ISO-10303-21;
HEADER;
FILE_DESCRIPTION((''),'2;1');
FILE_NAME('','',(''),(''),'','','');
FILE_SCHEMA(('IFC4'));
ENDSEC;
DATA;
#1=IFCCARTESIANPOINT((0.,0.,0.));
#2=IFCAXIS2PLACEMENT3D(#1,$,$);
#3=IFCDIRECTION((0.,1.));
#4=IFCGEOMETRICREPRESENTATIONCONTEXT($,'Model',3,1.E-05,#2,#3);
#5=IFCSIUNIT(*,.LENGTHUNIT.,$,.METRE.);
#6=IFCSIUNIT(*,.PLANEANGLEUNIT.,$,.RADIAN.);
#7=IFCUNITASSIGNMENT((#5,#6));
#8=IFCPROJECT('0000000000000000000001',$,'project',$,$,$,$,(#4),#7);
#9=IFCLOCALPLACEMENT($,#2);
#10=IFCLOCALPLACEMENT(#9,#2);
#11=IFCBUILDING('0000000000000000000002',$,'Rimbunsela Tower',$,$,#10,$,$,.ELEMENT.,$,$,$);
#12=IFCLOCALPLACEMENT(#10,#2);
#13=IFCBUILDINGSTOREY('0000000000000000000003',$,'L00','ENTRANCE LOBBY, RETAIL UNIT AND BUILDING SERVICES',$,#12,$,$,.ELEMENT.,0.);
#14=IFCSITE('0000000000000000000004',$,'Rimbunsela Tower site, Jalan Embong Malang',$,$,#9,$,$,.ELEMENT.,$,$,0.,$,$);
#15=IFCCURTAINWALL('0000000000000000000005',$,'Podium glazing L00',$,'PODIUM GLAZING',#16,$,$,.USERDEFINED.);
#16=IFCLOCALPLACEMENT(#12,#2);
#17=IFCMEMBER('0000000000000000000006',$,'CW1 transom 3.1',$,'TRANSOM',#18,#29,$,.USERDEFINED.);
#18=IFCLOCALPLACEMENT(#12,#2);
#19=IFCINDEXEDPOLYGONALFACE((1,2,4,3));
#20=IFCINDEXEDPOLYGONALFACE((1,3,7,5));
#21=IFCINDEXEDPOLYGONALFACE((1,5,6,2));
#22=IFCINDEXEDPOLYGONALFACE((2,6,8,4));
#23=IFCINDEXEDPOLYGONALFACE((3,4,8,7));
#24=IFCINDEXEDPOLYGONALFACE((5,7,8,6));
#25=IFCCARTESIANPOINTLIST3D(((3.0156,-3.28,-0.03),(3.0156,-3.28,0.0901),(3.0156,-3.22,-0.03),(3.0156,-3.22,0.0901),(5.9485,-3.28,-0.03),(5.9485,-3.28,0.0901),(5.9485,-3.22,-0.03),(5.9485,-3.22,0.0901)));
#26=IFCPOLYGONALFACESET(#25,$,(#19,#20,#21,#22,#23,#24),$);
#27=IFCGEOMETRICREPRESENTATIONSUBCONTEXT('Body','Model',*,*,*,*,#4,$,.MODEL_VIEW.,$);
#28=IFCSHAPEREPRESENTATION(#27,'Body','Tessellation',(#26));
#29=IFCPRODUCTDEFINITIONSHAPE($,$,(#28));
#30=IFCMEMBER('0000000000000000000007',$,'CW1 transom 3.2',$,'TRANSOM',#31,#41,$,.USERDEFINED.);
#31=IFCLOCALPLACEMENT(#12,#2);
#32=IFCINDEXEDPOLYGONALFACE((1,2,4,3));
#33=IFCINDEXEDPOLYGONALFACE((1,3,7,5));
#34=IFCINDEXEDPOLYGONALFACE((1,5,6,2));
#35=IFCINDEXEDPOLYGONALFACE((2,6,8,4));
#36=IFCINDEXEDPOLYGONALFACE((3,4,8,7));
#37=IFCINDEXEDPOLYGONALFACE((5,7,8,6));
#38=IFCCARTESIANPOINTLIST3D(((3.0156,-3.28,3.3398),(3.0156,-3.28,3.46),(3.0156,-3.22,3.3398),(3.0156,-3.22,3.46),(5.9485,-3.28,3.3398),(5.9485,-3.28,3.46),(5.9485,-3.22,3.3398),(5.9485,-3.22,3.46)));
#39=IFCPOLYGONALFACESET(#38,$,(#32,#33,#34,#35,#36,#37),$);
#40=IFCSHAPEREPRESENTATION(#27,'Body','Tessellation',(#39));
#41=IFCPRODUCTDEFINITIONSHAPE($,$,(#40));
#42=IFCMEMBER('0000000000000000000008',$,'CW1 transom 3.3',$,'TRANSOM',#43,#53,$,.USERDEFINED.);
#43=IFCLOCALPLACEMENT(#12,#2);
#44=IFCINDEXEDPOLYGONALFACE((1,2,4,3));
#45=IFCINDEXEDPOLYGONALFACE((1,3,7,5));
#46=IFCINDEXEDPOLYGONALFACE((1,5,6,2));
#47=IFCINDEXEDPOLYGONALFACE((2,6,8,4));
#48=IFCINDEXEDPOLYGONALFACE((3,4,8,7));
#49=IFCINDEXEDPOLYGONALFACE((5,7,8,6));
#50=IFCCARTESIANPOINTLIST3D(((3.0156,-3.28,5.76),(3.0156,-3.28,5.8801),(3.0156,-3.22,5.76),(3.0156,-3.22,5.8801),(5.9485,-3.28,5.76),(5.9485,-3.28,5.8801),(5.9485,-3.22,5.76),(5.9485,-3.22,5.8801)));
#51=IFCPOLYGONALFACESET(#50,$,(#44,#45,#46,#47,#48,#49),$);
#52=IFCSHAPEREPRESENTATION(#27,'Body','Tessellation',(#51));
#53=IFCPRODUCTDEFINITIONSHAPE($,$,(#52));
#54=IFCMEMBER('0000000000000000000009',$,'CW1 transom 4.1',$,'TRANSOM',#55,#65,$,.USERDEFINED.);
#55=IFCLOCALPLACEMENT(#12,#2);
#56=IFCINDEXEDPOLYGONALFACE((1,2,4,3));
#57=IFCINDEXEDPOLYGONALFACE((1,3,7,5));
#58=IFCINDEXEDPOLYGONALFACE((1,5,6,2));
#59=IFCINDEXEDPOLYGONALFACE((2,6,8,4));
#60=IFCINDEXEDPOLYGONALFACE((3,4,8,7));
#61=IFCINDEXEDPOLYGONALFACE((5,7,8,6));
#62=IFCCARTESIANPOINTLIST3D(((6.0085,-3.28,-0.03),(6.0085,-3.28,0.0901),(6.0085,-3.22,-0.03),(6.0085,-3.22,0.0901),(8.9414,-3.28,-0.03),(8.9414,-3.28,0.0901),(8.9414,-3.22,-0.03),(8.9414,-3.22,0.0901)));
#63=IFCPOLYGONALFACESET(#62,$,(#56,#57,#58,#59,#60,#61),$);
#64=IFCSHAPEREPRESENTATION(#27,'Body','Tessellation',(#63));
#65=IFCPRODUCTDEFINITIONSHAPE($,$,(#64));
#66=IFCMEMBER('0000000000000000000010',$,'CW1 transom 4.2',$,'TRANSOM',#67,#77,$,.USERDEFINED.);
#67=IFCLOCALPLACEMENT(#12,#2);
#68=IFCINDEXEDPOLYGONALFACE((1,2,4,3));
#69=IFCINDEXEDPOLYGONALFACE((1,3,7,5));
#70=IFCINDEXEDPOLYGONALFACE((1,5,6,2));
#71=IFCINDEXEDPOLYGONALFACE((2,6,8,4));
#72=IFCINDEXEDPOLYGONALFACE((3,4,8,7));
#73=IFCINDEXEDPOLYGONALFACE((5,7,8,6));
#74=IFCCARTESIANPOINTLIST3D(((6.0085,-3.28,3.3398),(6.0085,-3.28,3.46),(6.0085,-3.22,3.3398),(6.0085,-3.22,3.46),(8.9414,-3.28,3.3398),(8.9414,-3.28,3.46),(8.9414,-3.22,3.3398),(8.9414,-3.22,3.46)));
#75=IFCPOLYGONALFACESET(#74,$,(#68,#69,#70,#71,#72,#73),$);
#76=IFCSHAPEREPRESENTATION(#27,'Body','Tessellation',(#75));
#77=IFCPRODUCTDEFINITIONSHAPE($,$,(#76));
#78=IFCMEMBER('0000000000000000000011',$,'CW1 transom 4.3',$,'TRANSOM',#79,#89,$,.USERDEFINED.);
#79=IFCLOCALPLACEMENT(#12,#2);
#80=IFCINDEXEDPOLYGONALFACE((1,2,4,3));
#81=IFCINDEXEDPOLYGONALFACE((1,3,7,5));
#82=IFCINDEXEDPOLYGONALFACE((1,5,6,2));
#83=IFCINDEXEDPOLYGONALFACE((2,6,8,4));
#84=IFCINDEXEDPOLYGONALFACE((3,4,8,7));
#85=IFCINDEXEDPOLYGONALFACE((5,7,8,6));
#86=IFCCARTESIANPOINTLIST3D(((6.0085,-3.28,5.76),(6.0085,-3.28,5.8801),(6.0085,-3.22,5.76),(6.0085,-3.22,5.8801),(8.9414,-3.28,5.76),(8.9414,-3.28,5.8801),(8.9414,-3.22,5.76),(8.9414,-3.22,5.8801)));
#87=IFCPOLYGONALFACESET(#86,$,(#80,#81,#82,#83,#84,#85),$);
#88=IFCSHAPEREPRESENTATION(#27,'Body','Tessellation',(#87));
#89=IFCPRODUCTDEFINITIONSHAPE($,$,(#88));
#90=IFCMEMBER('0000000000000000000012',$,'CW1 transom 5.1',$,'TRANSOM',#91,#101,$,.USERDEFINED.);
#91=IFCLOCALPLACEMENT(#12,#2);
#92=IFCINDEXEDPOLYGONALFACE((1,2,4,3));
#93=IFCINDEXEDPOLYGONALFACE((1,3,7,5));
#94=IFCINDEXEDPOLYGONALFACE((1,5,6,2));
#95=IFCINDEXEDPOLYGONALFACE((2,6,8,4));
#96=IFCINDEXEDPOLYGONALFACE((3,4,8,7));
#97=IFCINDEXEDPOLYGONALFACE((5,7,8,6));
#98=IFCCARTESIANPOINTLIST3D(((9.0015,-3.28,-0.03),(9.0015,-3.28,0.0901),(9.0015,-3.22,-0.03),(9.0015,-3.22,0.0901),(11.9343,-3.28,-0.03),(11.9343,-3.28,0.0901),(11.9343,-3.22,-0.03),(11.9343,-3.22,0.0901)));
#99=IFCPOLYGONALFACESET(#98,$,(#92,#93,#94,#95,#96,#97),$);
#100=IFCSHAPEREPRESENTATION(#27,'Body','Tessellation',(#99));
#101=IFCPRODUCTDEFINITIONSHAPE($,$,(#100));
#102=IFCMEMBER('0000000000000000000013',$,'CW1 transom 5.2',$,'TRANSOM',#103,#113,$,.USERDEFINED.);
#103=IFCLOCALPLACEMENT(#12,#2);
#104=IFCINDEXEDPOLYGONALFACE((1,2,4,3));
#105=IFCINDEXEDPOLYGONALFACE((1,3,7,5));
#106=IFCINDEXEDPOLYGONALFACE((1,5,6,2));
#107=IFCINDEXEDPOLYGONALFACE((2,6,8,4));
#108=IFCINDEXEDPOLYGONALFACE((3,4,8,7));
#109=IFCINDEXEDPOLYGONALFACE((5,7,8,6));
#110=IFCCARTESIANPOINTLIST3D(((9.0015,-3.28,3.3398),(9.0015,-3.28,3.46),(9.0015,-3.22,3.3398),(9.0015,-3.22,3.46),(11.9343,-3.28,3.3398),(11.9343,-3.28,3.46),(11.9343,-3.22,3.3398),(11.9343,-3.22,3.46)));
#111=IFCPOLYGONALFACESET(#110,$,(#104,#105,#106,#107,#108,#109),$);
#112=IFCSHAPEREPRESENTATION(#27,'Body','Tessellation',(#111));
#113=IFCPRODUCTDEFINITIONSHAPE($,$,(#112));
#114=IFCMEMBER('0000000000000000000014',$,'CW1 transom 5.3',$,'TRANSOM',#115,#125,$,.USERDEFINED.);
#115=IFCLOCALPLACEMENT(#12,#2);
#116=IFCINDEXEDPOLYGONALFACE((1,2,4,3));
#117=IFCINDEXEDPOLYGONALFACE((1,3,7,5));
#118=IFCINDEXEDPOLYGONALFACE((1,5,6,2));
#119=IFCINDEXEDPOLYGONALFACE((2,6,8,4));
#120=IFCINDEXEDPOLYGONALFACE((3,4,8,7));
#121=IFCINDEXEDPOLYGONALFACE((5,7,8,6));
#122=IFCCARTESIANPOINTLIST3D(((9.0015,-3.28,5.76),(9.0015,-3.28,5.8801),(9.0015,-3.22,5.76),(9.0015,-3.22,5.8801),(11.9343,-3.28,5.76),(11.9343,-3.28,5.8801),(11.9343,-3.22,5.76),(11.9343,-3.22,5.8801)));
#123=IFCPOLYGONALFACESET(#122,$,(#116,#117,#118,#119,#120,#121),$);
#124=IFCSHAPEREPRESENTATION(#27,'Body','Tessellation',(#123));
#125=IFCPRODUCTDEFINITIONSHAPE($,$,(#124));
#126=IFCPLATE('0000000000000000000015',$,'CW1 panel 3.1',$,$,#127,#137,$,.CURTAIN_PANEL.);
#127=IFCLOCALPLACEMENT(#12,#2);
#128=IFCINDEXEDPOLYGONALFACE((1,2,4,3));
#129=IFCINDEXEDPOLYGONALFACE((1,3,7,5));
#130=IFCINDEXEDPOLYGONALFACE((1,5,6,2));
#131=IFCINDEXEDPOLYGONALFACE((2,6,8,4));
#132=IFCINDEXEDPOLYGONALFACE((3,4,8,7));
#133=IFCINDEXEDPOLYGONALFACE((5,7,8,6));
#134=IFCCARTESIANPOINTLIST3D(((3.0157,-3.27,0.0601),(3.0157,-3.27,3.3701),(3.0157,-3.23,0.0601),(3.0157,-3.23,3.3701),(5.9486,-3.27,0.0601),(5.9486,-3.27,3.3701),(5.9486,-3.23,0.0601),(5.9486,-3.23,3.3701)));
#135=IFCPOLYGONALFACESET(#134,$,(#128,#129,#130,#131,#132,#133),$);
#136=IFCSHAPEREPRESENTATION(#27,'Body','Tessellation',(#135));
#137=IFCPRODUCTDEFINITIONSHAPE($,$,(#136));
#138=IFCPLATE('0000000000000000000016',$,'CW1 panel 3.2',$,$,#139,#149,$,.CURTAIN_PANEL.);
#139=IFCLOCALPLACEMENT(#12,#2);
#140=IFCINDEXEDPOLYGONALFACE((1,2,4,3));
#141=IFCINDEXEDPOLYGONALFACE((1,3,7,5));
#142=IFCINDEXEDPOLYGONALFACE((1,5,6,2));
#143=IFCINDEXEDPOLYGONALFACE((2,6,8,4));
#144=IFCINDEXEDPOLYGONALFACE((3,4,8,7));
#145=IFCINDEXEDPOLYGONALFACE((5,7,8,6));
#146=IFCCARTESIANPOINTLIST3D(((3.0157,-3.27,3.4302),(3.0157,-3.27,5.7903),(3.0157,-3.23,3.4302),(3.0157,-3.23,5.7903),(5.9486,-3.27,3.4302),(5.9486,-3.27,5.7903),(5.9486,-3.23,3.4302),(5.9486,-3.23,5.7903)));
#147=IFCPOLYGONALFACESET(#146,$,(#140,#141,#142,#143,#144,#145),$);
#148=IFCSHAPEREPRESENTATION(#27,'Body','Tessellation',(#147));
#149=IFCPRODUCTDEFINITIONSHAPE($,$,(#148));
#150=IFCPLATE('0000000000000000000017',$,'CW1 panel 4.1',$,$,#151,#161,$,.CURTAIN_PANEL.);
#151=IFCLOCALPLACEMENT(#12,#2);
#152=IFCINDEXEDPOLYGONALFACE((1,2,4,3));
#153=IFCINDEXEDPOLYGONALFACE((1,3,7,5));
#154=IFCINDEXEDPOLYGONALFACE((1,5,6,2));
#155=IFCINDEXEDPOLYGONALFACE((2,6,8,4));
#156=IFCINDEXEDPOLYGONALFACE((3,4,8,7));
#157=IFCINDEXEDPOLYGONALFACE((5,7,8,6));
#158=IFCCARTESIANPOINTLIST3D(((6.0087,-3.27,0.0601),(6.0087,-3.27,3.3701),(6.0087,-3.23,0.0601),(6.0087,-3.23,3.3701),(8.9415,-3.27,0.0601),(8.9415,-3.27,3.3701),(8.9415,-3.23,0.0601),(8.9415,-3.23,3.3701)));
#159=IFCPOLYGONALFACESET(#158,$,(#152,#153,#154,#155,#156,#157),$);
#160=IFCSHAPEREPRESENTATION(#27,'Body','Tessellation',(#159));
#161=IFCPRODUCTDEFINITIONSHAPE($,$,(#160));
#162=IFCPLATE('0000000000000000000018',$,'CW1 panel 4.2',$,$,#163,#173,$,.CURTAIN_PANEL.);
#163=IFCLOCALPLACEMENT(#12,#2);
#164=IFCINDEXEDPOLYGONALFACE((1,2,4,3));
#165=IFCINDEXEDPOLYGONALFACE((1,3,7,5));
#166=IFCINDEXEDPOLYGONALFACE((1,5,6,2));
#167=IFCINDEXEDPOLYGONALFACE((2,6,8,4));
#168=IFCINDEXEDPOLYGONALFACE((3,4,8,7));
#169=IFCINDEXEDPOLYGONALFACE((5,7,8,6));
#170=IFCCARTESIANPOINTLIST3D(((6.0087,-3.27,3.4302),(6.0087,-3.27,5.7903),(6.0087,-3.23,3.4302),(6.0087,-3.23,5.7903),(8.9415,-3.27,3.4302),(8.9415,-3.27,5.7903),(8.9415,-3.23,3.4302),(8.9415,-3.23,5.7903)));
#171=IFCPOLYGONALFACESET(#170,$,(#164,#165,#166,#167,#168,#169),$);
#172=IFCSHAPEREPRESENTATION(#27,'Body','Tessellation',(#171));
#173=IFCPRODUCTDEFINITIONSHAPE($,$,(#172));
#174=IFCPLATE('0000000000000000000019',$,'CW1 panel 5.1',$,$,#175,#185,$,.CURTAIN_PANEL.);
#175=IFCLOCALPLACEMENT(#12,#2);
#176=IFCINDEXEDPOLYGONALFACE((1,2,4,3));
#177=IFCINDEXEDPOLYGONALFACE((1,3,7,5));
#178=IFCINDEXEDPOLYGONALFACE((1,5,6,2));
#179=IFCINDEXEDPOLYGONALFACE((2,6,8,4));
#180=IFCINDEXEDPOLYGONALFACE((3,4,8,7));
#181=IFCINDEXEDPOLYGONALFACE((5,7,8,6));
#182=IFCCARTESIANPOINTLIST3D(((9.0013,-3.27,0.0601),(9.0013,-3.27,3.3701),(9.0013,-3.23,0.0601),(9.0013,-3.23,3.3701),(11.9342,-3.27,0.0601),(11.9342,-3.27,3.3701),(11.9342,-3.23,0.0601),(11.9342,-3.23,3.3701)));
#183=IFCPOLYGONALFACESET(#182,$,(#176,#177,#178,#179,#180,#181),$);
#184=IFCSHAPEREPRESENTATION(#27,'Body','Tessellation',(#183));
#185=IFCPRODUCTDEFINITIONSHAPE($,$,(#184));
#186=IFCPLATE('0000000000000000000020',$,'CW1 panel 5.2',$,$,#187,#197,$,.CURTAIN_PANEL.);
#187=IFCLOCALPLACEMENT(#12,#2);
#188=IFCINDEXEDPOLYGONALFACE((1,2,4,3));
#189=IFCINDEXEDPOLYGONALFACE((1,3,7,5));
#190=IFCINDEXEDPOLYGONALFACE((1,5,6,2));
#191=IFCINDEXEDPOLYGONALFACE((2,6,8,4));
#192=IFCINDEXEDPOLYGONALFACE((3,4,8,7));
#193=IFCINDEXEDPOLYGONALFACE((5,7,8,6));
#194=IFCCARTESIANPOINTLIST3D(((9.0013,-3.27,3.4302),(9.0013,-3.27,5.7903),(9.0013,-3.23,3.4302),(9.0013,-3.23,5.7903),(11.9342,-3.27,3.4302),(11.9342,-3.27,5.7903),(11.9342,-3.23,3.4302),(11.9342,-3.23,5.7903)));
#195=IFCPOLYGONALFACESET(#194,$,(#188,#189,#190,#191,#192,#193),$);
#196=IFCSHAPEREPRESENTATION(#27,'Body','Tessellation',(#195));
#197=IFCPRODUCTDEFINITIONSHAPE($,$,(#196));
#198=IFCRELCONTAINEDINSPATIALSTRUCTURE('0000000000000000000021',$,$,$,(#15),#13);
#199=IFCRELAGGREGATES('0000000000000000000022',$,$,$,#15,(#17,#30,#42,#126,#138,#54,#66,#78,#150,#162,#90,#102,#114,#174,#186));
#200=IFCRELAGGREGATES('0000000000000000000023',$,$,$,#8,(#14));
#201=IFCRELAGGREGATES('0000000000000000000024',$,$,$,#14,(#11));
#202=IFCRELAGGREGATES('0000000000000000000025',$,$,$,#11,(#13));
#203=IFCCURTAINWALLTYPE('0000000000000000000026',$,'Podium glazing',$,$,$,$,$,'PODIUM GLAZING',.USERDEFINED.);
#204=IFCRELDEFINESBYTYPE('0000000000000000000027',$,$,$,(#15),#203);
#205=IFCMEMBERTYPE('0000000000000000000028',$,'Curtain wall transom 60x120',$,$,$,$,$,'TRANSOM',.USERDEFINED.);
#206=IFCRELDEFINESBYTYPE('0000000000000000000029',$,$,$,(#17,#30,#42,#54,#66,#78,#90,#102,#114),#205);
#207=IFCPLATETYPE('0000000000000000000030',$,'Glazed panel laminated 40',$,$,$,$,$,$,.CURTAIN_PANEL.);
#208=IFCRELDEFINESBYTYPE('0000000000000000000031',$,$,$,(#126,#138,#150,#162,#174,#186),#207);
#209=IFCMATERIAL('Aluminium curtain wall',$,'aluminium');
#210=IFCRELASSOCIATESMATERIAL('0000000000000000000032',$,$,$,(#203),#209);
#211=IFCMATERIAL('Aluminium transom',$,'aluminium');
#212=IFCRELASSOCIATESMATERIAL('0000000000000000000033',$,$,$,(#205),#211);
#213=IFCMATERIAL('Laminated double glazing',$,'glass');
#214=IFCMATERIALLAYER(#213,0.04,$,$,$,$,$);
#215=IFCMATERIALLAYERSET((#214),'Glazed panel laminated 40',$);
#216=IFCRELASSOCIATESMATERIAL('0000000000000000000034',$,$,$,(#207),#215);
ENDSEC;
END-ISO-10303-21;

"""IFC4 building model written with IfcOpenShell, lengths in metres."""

from ifc_helpers import new_model, si_unit, direction, frame, origin, origin_2d, place, context, subcontext, project, spatial, rectangle, extrude, material, layer, layer_set, material_profile, profile_set, type_object, element, aggregate, save


model = new_model("IFC4")

# Units and contexts
model_context = context("Model", 3, precision=1e-05, world=origin(), true_north=direction((0.0, 1.0)))
body_context = subcontext(model_context, "Body", "Model", "MODEL_VIEW")
ifc_project = project(units=[si_unit("LENGTHUNIT", "METRE"), si_unit("PLANEANGLEUNIT", "RADIAN")], contexts=[model_context])

# Site, building, storey
site_placement = place(None, origin())
site = spatial("IfcSite", under=ifc_project, at=site_placement, Name="Rimbunsela Tower site, Jalan Embong Malang", CompositionType="ELEMENT", RefElevation=0.0)
building_placement = place(site_placement, origin())
building = spatial("IfcBuilding", under=site, at=building_placement, Name="Rimbunsela Tower", CompositionType="ELEMENT")
storey_placement = place(building_placement, origin())
storey = spatial("IfcBuildingStorey", under=building, at=storey_placement, Name="L00", Description="ENTRANCE LOBBY, RETAIL UNIT AND BUILDING SERVICES", CompositionType="ELEMENT", Elevation=0.0)

# Curtain wall, members, plates
ifc_material_1 = material(Name="Aluminium curtain wall", Category="aluminium")
curtain_wall_type = type_object("IfcCurtainWallType", Name="Podium glazing", ElementType="PODIUM GLAZING", PredefinedType="USERDEFINED", material=ifc_material_1)
curtain_wall_placement = place(storey_placement, origin())
curtain_wall = element("IfcCurtainWall", 1, at=curtain_wall_placement, inside=storey, type_object=curtain_wall_type, Name="Podium glazing L00", ObjectType="PODIUM GLAZING", PredefinedType="USERDEFINED")
ifc_material_2 = material(Name="Aluminium transom", Category="aluminium")
ifc_material_profile_1 = material_profile(ifc_material_2, rectangle(XDim=0.0601, YDim=0.1201, at=origin_2d()), Name="Transom 60x120")
ifc_profile_set_1 = profile_set([ifc_material_profile_1], Name="Aluminium transom")
member_type_1 = type_object("IfcMemberType", Name="Curtain wall transom 60x120", ElementType="TRANSOM", PredefinedType="USERDEFINED", material=ifc_profile_set_1)
member_1_placement = place(storey_placement, frame((3.0156, -3.25, 0.03), z_axis=(1.0, 0.0, 0.0), x_axis=(0.0, 1.0, 0.0)))
member_1 = element("IfcMember", 2, at=member_1_placement, type_object=member_type_1, Name="CW1 transom 3.1", ObjectType="TRANSOM", PredefinedType="USERDEFINED", context=body_context, shape_type="SweptSolid", body=[
    extrude(rectangle(XDim=0.0601, YDim=0.1201, at=origin_2d()), origin(), (0.0, 0.0, 1.0), 2.9329),
])
member_2_placement = place(storey_placement, frame((3.0156, -3.25, 3.3999), z_axis=(1.0, 0.0, 0.0), x_axis=(0.0, 1.0, 0.0)))
member_2 = element("IfcMember", 3, at=member_2_placement, type_object=member_type_1, Name="CW1 transom 3.2", ObjectType="TRANSOM", PredefinedType="USERDEFINED", context=body_context, shape_type="SweptSolid", body=[
    extrude(rectangle(XDim=0.0601, YDim=0.1201, at=origin_2d()), origin(), (0.0, 0.0, 1.0), 2.9329),
])
member_3_placement = place(storey_placement, frame((3.0156, -3.25, 5.8201), z_axis=(1.0, 0.0, 0.0), x_axis=(0.0, 1.0, 0.0)))
member_3 = element("IfcMember", 4, at=member_3_placement, type_object=member_type_1, Name="CW1 transom 3.3", ObjectType="TRANSOM", PredefinedType="USERDEFINED", context=body_context, shape_type="SweptSolid", body=[
    extrude(rectangle(XDim=0.0601, YDim=0.1201, at=origin_2d()), origin(), (0.0, 0.0, 1.0), 2.9329),
])
member_4_placement = place(storey_placement, frame((6.0085, -3.25, 0.03), z_axis=(1.0, 0.0, 0.0), x_axis=(0.0, 1.0, 0.0)))
member_4 = element("IfcMember", 5, at=member_4_placement, type_object=member_type_1, Name="CW1 transom 4.1", ObjectType="TRANSOM", PredefinedType="USERDEFINED", context=body_context, shape_type="SweptSolid", body=[
    extrude(rectangle(XDim=0.0601, YDim=0.1201, at=origin_2d()), origin(), (0.0, 0.0, 1.0), 2.9329),
])
member_5_placement = place(storey_placement, frame((6.0085, -3.25, 3.3999), z_axis=(1.0, 0.0, 0.0), x_axis=(0.0, 1.0, 0.0)))
member_5 = element("IfcMember", 6, at=member_5_placement, type_object=member_type_1, Name="CW1 transom 4.2", ObjectType="TRANSOM", PredefinedType="USERDEFINED", context=body_context, shape_type="SweptSolid", body=[
    extrude(rectangle(XDim=0.0601, YDim=0.1201, at=origin_2d()), origin(), (0.0, 0.0, 1.0), 2.9329),
])
member_6_placement = place(storey_placement, frame((6.0085, -3.25, 5.8201), z_axis=(1.0, 0.0, 0.0), x_axis=(0.0, 1.0, 0.0)))
member_6 = element("IfcMember", 7, at=member_6_placement, type_object=member_type_1, Name="CW1 transom 4.3", ObjectType="TRANSOM", PredefinedType="USERDEFINED", context=body_context, shape_type="SweptSolid", body=[
    extrude(rectangle(XDim=0.0601, YDim=0.1201, at=origin_2d()), origin(), (0.0, 0.0, 1.0), 2.9329),
])
member_7_placement = place(storey_placement, frame((9.0015, -3.25, 0.03), z_axis=(1.0, 0.0, 0.0), x_axis=(0.0, 1.0, 0.0)))
member_7 = element("IfcMember", 8, at=member_7_placement, type_object=member_type_1, Name="CW1 transom 5.1", ObjectType="TRANSOM", PredefinedType="USERDEFINED", context=body_context, shape_type="SweptSolid", body=[
    extrude(rectangle(XDim=0.0601, YDim=0.1201, at=origin_2d()), origin(), (0.0, 0.0, 1.0), 2.9329),
])
member_8_placement = place(storey_placement, frame((9.0015, -3.25, 3.3999), z_axis=(1.0, 0.0, 0.0), x_axis=(0.0, 1.0, 0.0)))
member_8 = element("IfcMember", 9, at=member_8_placement, type_object=member_type_1, Name="CW1 transom 5.2", ObjectType="TRANSOM", PredefinedType="USERDEFINED", context=body_context, shape_type="SweptSolid", body=[
    extrude(rectangle(XDim=0.0601, YDim=0.1201, at=origin_2d()), origin(), (0.0, 0.0, 1.0), 2.9329),
])
member_9_placement = place(storey_placement, frame((9.0015, -3.25, 5.8201), z_axis=(1.0, 0.0, 0.0), x_axis=(0.0, 1.0, 0.0)))
member_9 = element("IfcMember", 10, at=member_9_placement, type_object=member_type_1, Name="CW1 transom 5.3", ObjectType="TRANSOM", PredefinedType="USERDEFINED", context=body_context, shape_type="SweptSolid", body=[
    extrude(rectangle(XDim=0.0601, YDim=0.1201, at=origin_2d()), origin(), (0.0, 0.0, 1.0), 2.9329),
])
ifc_material_3 = material(Name="Laminated double glazing", Category="glass")
ifc_layer = layer(ifc_material_3, 0.04)
ifc_layer_set = layer_set([ifc_layer], Name="Glazed panel laminated 40")
plate_type = type_object("IfcPlateType", Name="Glazed panel laminated 40", PredefinedType="CURTAIN_PANEL", material=ifc_layer_set)
plate_1_placement = place(storey_placement, frame((4.4822, -3.25, 0.0601), z_axis=(0.0, 0.0, 1.0), x_axis=(1.0, 0.0, 0.0)))
plate_1 = element("IfcPlate", 11, at=plate_1_placement, type_object=plate_type, Name="CW1 panel 3.1", PredefinedType="CURTAIN_PANEL", context=body_context, shape_type="SweptSolid", body=[
    extrude(rectangle(XDim=2.9329, YDim=0.04, at=origin_2d()), origin(), (0.0, 0.0, 1.0), 3.3101),
])
plate_2_placement = place(storey_placement, frame((4.4822, -3.25, 3.4302), z_axis=(0.0, 0.0, 1.0), x_axis=(1.0, 0.0, 0.0)))
plate_2 = element("IfcPlate", 12, at=plate_2_placement, type_object=plate_type, Name="CW1 panel 3.2", PredefinedType="CURTAIN_PANEL", context=body_context, shape_type="SweptSolid", body=[
    extrude(rectangle(XDim=2.9329, YDim=0.04, at=origin_2d()), origin(), (0.0, 0.0, 1.0), 2.3601),
])
plate_3_placement = place(storey_placement, frame((7.4751, -3.25, 0.0601), z_axis=(0.0, 0.0, 1.0), x_axis=(1.0, 0.0, 0.0)))
plate_3 = element("IfcPlate", 13, at=plate_3_placement, type_object=plate_type, Name="CW1 panel 4.1", PredefinedType="CURTAIN_PANEL", context=body_context, shape_type="SweptSolid", body=[
    extrude(rectangle(XDim=2.9329, YDim=0.04, at=origin_2d()), origin(), (0.0, 0.0, 1.0), 3.3101),
])
plate_4_placement = place(storey_placement, frame((7.4751, -3.25, 3.4302), z_axis=(0.0, 0.0, 1.0), x_axis=(1.0, 0.0, 0.0)))
plate_4 = element("IfcPlate", 14, at=plate_4_placement, type_object=plate_type, Name="CW1 panel 4.2", PredefinedType="CURTAIN_PANEL", context=body_context, shape_type="SweptSolid", body=[
    extrude(rectangle(XDim=2.9329, YDim=0.04, at=origin_2d()), origin(), (0.0, 0.0, 1.0), 2.3601),
])
plate_5_placement = place(storey_placement, frame((10.4678, -3.25, 0.0601), z_axis=(0.0, 0.0, 1.0), x_axis=(1.0, 0.0, 0.0)))
plate_5 = element("IfcPlate", 15, at=plate_5_placement, type_object=plate_type, Name="CW1 panel 5.1", PredefinedType="CURTAIN_PANEL", context=body_context, shape_type="SweptSolid", body=[
    extrude(rectangle(XDim=2.9329, YDim=0.04, at=origin_2d()), origin(), (0.0, 0.0, 1.0), 3.3101),
])
plate_6_placement = place(storey_placement, frame((10.4678, -3.25, 3.4302), z_axis=(0.0, 0.0, 1.0), x_axis=(1.0, 0.0, 0.0)))
plate_6 = element("IfcPlate", 16, at=plate_6_placement, type_object=plate_type, Name="CW1 panel 5.2", PredefinedType="CURTAIN_PANEL", context=body_context, shape_type="SweptSolid", body=[
    extrude(rectangle(XDim=2.9329, YDim=0.04, at=origin_2d()), origin(), (0.0, 0.0, 1.0), 2.3601),
])
aggregate(curtain_wall, [member_1, member_2, member_3, plate_1, plate_2, member_4, member_5, member_6, plate_3, plate_4, member_7, member_8, member_9, plate_5, plate_6])

save(model, "model.ifc")
